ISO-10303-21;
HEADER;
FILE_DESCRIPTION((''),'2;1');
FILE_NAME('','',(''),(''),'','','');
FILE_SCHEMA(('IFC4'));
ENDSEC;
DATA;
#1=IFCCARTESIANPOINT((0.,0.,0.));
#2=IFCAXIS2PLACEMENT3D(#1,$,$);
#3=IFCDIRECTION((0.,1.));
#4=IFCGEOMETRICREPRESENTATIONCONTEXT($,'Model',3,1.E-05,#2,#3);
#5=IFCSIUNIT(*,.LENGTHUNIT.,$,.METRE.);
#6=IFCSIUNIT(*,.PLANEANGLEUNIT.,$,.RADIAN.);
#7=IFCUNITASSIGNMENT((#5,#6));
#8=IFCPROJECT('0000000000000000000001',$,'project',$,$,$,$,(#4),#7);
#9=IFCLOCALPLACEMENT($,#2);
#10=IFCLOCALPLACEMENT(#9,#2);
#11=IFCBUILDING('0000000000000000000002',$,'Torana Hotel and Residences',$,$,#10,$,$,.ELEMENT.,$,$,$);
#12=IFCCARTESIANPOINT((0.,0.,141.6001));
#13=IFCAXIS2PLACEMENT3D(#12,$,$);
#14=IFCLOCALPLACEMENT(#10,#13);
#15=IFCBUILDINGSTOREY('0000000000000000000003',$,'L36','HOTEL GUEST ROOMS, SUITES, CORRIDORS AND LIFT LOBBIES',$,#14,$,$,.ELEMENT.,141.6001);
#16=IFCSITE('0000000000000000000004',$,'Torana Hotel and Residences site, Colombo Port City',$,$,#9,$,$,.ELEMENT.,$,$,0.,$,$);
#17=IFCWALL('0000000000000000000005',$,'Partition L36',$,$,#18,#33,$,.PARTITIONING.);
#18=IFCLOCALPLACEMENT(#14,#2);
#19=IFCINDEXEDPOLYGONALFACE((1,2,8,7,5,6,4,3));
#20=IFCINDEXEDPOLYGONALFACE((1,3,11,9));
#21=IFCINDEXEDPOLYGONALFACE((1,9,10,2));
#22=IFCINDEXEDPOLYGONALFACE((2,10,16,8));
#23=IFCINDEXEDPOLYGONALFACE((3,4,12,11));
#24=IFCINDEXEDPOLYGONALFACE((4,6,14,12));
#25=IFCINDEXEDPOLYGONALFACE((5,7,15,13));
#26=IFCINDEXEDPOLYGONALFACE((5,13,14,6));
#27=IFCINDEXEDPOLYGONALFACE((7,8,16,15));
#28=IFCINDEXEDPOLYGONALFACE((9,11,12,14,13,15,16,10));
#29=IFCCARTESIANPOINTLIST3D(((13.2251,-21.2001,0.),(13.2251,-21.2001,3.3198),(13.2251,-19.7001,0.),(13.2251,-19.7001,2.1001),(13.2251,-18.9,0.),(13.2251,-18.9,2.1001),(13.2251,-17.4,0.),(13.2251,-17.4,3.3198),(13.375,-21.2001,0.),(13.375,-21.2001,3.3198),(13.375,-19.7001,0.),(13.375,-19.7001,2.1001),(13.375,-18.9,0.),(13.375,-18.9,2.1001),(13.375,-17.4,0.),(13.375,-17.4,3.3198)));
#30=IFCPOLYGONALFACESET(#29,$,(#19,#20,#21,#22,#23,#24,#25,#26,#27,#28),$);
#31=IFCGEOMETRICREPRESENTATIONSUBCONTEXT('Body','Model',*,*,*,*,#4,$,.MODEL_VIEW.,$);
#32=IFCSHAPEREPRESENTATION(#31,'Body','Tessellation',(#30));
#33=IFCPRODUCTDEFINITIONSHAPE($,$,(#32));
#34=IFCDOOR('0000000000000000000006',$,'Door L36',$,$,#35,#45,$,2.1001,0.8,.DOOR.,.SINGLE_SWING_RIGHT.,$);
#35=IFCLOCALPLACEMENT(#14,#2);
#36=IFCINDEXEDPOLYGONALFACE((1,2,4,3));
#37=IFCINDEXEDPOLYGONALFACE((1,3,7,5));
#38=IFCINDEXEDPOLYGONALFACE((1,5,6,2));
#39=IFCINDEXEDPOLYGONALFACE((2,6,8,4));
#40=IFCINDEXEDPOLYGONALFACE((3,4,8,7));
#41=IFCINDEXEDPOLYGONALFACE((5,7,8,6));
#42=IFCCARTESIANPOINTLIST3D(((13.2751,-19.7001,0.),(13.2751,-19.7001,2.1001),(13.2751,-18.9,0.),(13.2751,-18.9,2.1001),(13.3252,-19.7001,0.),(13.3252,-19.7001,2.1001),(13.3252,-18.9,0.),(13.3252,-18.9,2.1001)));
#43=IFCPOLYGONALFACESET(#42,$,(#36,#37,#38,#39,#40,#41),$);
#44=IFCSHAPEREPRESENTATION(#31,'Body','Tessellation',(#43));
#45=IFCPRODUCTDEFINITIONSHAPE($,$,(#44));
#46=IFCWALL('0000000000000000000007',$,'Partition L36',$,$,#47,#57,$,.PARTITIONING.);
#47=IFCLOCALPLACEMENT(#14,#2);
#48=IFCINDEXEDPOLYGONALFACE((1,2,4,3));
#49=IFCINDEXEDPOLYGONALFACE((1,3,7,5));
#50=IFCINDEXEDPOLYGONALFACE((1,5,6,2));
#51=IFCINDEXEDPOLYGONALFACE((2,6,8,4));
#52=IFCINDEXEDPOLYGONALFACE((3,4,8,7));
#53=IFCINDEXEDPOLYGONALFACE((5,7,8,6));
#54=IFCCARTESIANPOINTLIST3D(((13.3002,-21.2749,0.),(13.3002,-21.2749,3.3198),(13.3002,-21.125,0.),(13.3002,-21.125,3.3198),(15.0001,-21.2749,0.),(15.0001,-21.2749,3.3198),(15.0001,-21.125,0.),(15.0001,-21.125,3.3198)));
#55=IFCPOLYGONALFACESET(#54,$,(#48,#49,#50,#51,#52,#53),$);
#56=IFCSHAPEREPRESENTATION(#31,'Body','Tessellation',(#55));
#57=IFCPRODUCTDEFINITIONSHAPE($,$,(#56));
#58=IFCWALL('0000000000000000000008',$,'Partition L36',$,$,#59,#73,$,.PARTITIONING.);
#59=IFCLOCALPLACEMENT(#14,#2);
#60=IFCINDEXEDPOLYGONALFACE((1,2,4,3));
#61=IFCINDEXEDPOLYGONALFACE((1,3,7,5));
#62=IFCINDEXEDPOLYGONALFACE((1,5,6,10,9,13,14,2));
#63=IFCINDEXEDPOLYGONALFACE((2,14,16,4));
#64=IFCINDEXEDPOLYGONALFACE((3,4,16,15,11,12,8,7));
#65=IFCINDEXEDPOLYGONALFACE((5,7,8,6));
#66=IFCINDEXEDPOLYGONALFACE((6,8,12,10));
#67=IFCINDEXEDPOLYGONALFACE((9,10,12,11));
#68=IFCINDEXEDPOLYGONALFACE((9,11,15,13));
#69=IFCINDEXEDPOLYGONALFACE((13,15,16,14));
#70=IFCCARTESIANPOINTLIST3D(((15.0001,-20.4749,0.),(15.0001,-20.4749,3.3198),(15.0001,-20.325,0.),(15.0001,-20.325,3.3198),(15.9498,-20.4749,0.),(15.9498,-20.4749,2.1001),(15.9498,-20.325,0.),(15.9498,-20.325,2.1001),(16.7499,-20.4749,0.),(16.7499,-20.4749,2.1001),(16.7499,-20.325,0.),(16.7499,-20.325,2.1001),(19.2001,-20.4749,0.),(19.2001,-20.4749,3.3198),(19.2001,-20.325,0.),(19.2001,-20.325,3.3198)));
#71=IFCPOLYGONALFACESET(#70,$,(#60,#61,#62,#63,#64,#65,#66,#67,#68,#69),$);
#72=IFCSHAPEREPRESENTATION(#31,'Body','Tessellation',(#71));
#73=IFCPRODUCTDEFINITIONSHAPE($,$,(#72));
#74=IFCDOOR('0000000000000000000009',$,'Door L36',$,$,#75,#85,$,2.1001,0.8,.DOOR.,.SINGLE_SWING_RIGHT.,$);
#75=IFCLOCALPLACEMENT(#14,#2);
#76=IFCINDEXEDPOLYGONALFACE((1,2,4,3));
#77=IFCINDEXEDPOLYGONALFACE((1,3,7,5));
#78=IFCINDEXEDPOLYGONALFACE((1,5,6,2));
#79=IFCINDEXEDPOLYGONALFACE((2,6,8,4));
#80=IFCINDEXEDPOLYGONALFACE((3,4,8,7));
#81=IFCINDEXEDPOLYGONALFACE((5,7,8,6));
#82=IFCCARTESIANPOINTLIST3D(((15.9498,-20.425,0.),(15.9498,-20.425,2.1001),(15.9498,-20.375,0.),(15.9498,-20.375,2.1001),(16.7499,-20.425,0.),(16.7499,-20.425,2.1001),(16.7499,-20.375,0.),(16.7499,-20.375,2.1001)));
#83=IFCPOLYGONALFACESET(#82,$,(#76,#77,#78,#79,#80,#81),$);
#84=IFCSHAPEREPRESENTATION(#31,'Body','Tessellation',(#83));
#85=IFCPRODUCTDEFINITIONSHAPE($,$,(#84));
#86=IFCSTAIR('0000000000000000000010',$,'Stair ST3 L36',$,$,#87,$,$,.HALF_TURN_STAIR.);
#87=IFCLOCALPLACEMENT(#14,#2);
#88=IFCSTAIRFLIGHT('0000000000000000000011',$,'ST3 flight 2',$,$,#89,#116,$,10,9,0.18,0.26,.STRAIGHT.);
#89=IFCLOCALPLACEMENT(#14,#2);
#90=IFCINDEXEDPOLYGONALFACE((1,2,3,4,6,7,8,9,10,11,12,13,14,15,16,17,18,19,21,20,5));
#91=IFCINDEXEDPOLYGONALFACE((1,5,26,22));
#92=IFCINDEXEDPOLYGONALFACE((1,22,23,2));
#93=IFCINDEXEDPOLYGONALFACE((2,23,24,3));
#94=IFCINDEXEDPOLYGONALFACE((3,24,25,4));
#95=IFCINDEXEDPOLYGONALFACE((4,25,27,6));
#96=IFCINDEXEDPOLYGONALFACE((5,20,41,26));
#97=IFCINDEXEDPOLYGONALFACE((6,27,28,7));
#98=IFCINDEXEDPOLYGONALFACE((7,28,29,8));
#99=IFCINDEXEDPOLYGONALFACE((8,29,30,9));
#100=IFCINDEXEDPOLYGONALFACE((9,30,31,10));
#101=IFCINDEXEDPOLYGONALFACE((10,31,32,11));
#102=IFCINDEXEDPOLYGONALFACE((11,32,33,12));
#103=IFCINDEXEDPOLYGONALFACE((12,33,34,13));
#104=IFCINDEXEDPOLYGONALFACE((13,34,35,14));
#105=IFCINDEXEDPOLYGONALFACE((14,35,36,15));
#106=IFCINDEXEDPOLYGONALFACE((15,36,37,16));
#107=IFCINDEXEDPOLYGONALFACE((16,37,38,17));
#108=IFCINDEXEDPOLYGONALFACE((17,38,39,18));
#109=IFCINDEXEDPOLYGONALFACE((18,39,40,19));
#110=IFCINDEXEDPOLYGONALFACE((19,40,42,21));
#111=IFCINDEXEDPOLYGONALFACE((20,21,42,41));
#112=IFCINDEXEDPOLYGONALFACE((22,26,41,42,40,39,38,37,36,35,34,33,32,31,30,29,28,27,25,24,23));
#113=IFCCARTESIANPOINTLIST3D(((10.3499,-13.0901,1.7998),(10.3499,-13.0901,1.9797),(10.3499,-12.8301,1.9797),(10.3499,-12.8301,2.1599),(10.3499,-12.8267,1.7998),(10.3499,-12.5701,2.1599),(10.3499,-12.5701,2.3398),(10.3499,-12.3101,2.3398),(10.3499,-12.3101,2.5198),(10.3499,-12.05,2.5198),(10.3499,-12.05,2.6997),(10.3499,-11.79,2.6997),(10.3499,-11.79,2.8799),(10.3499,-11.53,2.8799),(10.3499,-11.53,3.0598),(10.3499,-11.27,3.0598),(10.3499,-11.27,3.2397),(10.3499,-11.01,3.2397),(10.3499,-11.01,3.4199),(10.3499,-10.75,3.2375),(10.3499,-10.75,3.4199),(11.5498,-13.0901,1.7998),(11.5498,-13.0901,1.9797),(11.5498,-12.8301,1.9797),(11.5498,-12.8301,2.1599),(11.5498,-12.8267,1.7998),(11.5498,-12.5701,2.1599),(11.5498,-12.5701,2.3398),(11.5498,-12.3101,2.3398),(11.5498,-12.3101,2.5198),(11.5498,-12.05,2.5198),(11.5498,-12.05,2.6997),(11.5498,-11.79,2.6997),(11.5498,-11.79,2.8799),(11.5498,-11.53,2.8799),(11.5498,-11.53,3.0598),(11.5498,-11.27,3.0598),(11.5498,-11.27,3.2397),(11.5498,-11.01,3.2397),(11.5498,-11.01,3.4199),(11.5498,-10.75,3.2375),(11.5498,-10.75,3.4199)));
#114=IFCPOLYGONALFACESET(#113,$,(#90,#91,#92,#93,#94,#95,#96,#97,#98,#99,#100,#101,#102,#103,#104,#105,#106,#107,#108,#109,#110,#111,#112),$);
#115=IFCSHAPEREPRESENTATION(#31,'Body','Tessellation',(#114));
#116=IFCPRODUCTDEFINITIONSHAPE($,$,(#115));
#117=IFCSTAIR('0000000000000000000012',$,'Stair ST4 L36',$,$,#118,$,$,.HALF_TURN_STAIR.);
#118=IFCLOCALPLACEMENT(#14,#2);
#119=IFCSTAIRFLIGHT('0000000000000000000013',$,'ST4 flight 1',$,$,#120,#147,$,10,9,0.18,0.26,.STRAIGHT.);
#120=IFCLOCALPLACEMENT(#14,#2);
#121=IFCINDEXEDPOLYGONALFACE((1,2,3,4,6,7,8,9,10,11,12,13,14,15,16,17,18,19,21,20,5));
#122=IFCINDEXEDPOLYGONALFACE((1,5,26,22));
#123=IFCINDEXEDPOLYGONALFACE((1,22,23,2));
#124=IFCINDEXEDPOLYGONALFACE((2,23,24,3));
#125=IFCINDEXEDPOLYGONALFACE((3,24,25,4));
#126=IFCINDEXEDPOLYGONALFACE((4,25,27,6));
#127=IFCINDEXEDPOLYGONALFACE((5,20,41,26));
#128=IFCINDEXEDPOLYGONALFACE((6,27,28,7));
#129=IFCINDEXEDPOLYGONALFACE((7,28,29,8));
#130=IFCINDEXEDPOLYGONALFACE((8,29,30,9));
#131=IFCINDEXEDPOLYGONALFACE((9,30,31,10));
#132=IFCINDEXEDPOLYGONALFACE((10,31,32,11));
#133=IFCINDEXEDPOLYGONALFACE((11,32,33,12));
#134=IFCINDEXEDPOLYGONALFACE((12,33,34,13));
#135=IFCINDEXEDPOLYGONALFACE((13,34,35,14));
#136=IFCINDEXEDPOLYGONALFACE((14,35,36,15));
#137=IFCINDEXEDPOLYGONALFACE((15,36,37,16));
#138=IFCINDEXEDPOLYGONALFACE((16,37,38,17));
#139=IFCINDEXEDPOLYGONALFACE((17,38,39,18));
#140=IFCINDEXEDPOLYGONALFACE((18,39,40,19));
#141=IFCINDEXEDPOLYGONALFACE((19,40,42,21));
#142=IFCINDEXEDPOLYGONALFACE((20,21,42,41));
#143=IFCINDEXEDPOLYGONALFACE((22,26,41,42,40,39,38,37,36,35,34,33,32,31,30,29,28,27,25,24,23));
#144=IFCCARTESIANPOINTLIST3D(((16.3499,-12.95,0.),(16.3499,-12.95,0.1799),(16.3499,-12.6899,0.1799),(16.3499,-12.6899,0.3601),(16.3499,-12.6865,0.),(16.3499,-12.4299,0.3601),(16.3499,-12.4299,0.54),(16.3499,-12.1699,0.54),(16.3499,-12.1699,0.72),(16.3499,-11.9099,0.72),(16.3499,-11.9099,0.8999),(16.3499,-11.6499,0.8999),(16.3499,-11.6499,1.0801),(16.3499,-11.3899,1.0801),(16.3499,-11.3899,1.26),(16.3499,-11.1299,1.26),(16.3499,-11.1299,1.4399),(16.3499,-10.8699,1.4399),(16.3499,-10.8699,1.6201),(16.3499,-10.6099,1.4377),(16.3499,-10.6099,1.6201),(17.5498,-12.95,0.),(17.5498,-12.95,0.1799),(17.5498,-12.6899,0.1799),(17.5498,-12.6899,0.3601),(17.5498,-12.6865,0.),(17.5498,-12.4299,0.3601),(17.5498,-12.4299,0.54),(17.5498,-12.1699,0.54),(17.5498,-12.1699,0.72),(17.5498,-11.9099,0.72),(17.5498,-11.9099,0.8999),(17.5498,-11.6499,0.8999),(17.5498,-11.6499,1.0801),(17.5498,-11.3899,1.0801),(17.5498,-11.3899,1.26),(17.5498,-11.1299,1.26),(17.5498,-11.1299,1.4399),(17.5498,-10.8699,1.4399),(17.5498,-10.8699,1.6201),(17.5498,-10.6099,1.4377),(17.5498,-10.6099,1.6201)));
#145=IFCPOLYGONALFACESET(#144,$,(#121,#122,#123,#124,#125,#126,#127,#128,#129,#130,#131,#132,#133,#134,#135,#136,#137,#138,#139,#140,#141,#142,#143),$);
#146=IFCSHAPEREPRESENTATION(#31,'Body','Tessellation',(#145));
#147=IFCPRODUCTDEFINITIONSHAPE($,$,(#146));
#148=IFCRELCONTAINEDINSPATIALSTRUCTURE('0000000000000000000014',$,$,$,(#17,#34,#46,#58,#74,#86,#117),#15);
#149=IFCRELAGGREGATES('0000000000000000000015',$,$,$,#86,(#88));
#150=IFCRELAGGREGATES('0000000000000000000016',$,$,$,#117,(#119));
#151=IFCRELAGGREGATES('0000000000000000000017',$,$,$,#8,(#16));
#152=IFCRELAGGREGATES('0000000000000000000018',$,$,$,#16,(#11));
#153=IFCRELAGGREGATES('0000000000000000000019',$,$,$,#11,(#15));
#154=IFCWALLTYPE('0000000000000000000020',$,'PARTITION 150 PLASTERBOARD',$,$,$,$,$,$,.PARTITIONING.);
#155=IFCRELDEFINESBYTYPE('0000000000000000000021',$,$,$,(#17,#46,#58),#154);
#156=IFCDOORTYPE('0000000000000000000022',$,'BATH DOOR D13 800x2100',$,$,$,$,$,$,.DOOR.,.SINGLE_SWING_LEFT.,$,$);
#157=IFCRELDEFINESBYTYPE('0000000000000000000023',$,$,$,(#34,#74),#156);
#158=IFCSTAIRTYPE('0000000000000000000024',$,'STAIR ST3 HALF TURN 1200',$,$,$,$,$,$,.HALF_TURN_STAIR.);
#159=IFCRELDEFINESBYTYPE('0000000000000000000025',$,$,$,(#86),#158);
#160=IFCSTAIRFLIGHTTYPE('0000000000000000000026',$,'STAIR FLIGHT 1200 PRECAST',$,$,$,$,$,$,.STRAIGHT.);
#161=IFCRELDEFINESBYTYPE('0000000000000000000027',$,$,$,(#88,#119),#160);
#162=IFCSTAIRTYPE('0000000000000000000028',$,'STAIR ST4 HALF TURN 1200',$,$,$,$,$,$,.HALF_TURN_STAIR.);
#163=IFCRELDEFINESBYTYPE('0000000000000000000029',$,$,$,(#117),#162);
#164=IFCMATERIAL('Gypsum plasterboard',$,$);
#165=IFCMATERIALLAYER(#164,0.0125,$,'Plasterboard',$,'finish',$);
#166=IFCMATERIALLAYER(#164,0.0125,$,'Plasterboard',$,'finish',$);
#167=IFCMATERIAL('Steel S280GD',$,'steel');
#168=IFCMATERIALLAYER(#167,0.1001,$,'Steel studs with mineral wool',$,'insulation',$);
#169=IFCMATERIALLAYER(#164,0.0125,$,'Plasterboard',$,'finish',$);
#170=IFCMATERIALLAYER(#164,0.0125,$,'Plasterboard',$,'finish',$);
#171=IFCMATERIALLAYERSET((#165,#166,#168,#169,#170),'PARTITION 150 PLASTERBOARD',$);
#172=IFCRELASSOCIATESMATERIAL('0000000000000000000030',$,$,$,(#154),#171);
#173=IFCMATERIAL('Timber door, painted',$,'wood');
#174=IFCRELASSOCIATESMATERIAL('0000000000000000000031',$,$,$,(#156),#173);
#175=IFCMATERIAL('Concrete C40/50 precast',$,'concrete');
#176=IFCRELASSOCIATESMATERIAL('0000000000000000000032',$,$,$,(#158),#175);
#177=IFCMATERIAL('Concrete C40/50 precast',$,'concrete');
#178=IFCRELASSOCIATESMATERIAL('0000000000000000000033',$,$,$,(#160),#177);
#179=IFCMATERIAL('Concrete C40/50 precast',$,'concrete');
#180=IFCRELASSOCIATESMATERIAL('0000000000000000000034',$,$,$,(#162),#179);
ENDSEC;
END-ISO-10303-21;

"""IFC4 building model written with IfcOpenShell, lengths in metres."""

from ifc_helpers import new_model, si_unit, direction, frame, frame_2d, origin, place, context, subcontext, project, spatial, polyline, rectangle, outline, extrude, material, layer, layer_set, type_object, element, fill, aggregate, save


model = new_model("IFC4")

# Units and contexts
model_context = context("Model", 3, precision=1e-05, world=origin(), true_north=direction((0.0, 1.0)))
body_context = subcontext(model_context, "Body", "Model", "MODEL_VIEW")
ifc_project = project(units=[si_unit("LENGTHUNIT", "METRE"), si_unit("PLANEANGLEUNIT", "RADIAN")], contexts=[model_context])

# Site, building, storey
site_placement = place(None, origin())
site = spatial("IfcSite", under=ifc_project, at=site_placement, Name="Torana Hotel and Residences site, Colombo Port City", CompositionType="ELEMENT", RefElevation=0.0)
building_placement = place(site_placement, origin())
building = spatial("IfcBuilding", under=site, at=building_placement, Name="Torana Hotel and Residences", CompositionType="ELEMENT")
storey_placement = place(building_placement, frame((0.0, 0.0, 141.6001)))
storey = spatial("IfcBuildingStorey", under=building, at=storey_placement, Name="L36", Description="HOTEL GUEST ROOMS, SUITES, CORRIDORS AND LIFT LOBBIES", CompositionType="ELEMENT", Elevation=141.6001)

# Shared definitions
ifc_material_1 = material(Name="Gypsum plasterboard")
ifc_layer_1 = layer(ifc_material_1, 0.0125, Name="Plasterboard", Category="finish")
ifc_layer_2 = layer(ifc_material_1, 0.0125, Name="Plasterboard", Category="finish")
ifc_material_2 = material(Name="Steel S280GD", Category="steel")
ifc_layer_3 = layer(ifc_material_2, 0.1001, Name="Steel studs with mineral wool", Category="insulation")
ifc_layer_4 = layer(ifc_material_1, 0.0125, Name="Plasterboard", Category="finish")
ifc_layer_5 = layer(ifc_material_1, 0.0125, Name="Plasterboard", Category="finish")
ifc_layer_set_1 = layer_set([ifc_layer_1, ifc_layer_2, ifc_layer_3, ifc_layer_4, ifc_layer_5], Name="PARTITION 150 PLASTERBOARD")
wall_type_1 = type_object("IfcWallType", Name="PARTITION 150 PLASTERBOARD", PredefinedType="PARTITIONING", material=ifc_layer_set_1)

# Wall, opening, door
wall_1_placement = place(storey_placement, frame((13.3, -21.2, 0.0), z_axis=(0.0, 0.0, 1.0), x_axis=(0.0, 1.0, 0.0)))
wall_1 = element("IfcWall", 1, at=wall_1_placement, inside=storey, type_object=wall_type_1, Name="Partition L36", PredefinedType="PARTITIONING", context=body_context, shape_type="SweptSolid", body=[
    extrude(rectangle(XDim=3.8, YDim=0.1499, at=frame_2d((1.8999, 0.0))), origin(), (0.0, 0.0, 1.0), 3.3198),
])
opening_1_placement = place(wall_1_placement, frame((1.5, 0.0, 0.0)))
opening_1 = element("IfcOpeningElement", 2, at=opening_1_placement, cuts=wall_1, PredefinedType="OPENING", context=body_context, shape_type="SweptSolid", body=[
    extrude(rectangle(XDim=0.8, YDim=2.1001, at=frame_2d((0.3999, 1.05))), frame((0.0, 0.085, 0.0), z_axis=(0.0, -1.0, 0.0), x_axis=(1.0, 0.0, 0.0)), (0.0, 0.0, 1.0), 0.1699),
])
ifc_material_3 = material(Name="Timber door, painted", Category="wood")
door_type_1 = type_object("IfcDoorType", Name="BATH DOOR D13 800x2100", OperationType="SINGLE_SWING_LEFT", PredefinedType="DOOR", material=ifc_material_3)
door_1_placement = place(opening_1_placement, origin())
door_1 = element("IfcDoor", 3, at=door_1_placement, inside=storey, type_object=door_type_1, Name="Door L36", OperationType="SINGLE_SWING_RIGHT", OverallHeight=2.1001, OverallWidth=0.8, PredefinedType="DOOR", context=body_context, shape_type="SweptSolid", body=[
    extrude(rectangle(XDim=0.8, YDim=2.1001, at=frame_2d((0.3999, 1.05))), frame((0.0, 0.0249, 0.0), z_axis=(0.0, -1.0, 0.0), x_axis=(1.0, 0.0, 0.0)), (0.0, 0.0, 1.0), 0.05),
])
fill(opening_1, door_1)

# Wall
wall_2_placement = place(storey_placement, frame((13.3, -21.2, 0.0), z_axis=(0.0, 0.0, 1.0), x_axis=(1.0, 0.0, 0.0)))
element("IfcWall", 4, at=wall_2_placement, inside=storey, type_object=wall_type_1, Name="Partition L36", PredefinedType="PARTITIONING", context=body_context, shape_type="SweptSolid", body=[
    extrude(rectangle(XDim=1.7, YDim=0.1499, at=frame_2d((0.8501, 0.0))), origin(), (0.0, 0.0, 1.0), 3.3198),
])

# Wall, opening, door
wall_3_placement = place(storey_placement, frame((15.0, -20.3999, 0.0), z_axis=(0.0, 0.0, 1.0), x_axis=(1.0, 0.0, 0.0)))
wall_3 = element("IfcWall", 5, at=wall_3_placement, inside=storey, type_object=wall_type_1, Name="Partition L36", PredefinedType="PARTITIONING", context=body_context, shape_type="SweptSolid", body=[
    extrude(rectangle(XDim=4.2, YDim=0.1499, at=frame_2d((2.1001, 0.0))), origin(), (0.0, 0.0, 1.0), 3.3198),
])
opening_2_placement = place(wall_3_placement, frame((0.95, 0.0, 0.0)))
opening_2 = element("IfcOpeningElement", 6, at=opening_2_placement, cuts=wall_3, PredefinedType="OPENING", context=body_context, shape_type="SweptSolid", body=[
    extrude(rectangle(XDim=0.8, YDim=2.1001, at=frame_2d((0.3999, 1.05))), frame((0.0, 0.085, 0.0), z_axis=(0.0, -1.0, 0.0), x_axis=(1.0, 0.0, 0.0)), (0.0, 0.0, 1.0), 0.1699),
])
door_2_placement = place(opening_2_placement, origin())
door_2 = element("IfcDoor", 7, at=door_2_placement, inside=storey, type_object=door_type_1, Name="Door L36", OperationType="SINGLE_SWING_RIGHT", OverallHeight=2.1001, OverallWidth=0.8, PredefinedType="DOOR", context=body_context, shape_type="SweptSolid", body=[
    extrude(rectangle(XDim=0.8, YDim=2.1001, at=frame_2d((0.3999, 1.05))), frame((0.0, 0.0249, 0.0), z_axis=(0.0, -1.0, 0.0), x_axis=(1.0, 0.0, 0.0)), (0.0, 0.0, 1.0), 0.05),
])
fill(opening_2, door_2)

# Stairs, stair flights
ifc_material_4 = material(Name="Concrete C40/50 precast", Category="concrete")
stair_type_1 = type_object("IfcStairType", Name="STAIR ST3 HALF TURN 1200", PredefinedType="HALF_TURN_STAIR", material=ifc_material_4)
stair_1_placement = place(storey_placement, origin())
stair_1 = element("IfcStair", 8, at=stair_1_placement, inside=storey, type_object=stair_type_1, Name="Stair ST3 L36", PredefinedType="HALF_TURN_STAIR")
ifc_material_5 = material(Name="Concrete C40/50 precast", Category="concrete")
stair_flight_type = type_object("IfcStairFlightType", Name="STAIR FLIGHT 1200 PRECAST", PredefinedType="STRAIGHT", material=ifc_material_5)
stair_flight_1_placement = place(storey_placement, frame((10.95, -13.0901, 1.7998), z_axis=(0.0, 0.0, 1.0), x_axis=(0.0, 1.0, 0.0)))
stair_flight_1 = element("IfcStairFlight", 9, at=stair_flight_1_placement, type_object=stair_flight_type, Name="ST3 flight 2", NumberOfRisers=10, NumberOfTreads=9, PredefinedType="STRAIGHT", RiserHeight=0.18, TreadLength=0.26, context=body_context, shape_type="SweptSolid", body=[
    extrude(outline(polyline([(0.0, 0.0), (0.0, 0.1799), (0.26, 0.1799), (0.26, 0.3601), (0.52, 0.3601), (0.52, 0.54), (0.78, 0.54), (0.78, 0.72), (1.04, 0.72), (1.04, 0.8999), (1.3, 0.8999), (1.3, 1.0801), (1.5601, 1.0801), (1.5601, 1.26), (1.8201, 1.26), (1.8201, 1.4399), (2.0801, 1.4399), (2.0801, 1.6201), (2.3401, 1.6201), (2.3401, 1.8), (2.3401, 1.4377), (0.2634, 0.0), (0.0, 0.0)])), frame((0.0, 0.6001, 0.0), z_axis=(0.0, -1.0, 0.0), x_axis=(1.0, 0.0, 0.0)), (0.0, 0.0, 1.0), 1.2),
])
aggregate(stair_1, [stair_flight_1])
ifc_material_6 = material(Name="Concrete C40/50 precast", Category="concrete")
stair_type_2 = type_object("IfcStairType", Name="STAIR ST4 HALF TURN 1200", PredefinedType="HALF_TURN_STAIR", material=ifc_material_6)
stair_2_placement = place(storey_placement, origin())
stair_2 = element("IfcStair", 10, at=stair_2_placement, inside=storey, type_object=stair_type_2, Name="Stair ST4 L36", PredefinedType="HALF_TURN_STAIR")
stair_flight_2_placement = place(storey_placement, frame((16.95, -12.95, 0.0), z_axis=(0.0, 0.0, 1.0), x_axis=(0.0, 1.0, 0.0)))
stair_flight_2 = element("IfcStairFlight", 11, at=stair_flight_2_placement, type_object=stair_flight_type, Name="ST4 flight 1", NumberOfRisers=10, NumberOfTreads=9, PredefinedType="STRAIGHT", RiserHeight=0.18, TreadLength=0.26, context=body_context, shape_type="SweptSolid", body=[
    extrude(outline(polyline([(0.0, 0.0), (0.0, 0.1799), (0.26, 0.1799), (0.26, 0.3601), (0.52, 0.3601), (0.52, 0.54), (0.78, 0.54), (0.78, 0.72), (1.04, 0.72), (1.04, 0.8999), (1.3, 0.8999), (1.3, 1.0801), (1.5601, 1.0801), (1.5601, 1.26), (1.8201, 1.26), (1.8201, 1.4399), (2.0801, 1.4399), (2.0801, 1.6201), (2.3401, 1.6201), (2.3401, 1.8), (2.3401, 1.4377), (0.2634, 0.0), (0.0, 0.0)])), frame((0.0, 0.6001, 0.0), z_axis=(0.0, -1.0, 0.0), x_axis=(1.0, 0.0, 0.0)), (0.0, 0.0, 1.0), 1.2),
])
aggregate(stair_2, [stair_flight_2])

save(model, "model.ifc")
